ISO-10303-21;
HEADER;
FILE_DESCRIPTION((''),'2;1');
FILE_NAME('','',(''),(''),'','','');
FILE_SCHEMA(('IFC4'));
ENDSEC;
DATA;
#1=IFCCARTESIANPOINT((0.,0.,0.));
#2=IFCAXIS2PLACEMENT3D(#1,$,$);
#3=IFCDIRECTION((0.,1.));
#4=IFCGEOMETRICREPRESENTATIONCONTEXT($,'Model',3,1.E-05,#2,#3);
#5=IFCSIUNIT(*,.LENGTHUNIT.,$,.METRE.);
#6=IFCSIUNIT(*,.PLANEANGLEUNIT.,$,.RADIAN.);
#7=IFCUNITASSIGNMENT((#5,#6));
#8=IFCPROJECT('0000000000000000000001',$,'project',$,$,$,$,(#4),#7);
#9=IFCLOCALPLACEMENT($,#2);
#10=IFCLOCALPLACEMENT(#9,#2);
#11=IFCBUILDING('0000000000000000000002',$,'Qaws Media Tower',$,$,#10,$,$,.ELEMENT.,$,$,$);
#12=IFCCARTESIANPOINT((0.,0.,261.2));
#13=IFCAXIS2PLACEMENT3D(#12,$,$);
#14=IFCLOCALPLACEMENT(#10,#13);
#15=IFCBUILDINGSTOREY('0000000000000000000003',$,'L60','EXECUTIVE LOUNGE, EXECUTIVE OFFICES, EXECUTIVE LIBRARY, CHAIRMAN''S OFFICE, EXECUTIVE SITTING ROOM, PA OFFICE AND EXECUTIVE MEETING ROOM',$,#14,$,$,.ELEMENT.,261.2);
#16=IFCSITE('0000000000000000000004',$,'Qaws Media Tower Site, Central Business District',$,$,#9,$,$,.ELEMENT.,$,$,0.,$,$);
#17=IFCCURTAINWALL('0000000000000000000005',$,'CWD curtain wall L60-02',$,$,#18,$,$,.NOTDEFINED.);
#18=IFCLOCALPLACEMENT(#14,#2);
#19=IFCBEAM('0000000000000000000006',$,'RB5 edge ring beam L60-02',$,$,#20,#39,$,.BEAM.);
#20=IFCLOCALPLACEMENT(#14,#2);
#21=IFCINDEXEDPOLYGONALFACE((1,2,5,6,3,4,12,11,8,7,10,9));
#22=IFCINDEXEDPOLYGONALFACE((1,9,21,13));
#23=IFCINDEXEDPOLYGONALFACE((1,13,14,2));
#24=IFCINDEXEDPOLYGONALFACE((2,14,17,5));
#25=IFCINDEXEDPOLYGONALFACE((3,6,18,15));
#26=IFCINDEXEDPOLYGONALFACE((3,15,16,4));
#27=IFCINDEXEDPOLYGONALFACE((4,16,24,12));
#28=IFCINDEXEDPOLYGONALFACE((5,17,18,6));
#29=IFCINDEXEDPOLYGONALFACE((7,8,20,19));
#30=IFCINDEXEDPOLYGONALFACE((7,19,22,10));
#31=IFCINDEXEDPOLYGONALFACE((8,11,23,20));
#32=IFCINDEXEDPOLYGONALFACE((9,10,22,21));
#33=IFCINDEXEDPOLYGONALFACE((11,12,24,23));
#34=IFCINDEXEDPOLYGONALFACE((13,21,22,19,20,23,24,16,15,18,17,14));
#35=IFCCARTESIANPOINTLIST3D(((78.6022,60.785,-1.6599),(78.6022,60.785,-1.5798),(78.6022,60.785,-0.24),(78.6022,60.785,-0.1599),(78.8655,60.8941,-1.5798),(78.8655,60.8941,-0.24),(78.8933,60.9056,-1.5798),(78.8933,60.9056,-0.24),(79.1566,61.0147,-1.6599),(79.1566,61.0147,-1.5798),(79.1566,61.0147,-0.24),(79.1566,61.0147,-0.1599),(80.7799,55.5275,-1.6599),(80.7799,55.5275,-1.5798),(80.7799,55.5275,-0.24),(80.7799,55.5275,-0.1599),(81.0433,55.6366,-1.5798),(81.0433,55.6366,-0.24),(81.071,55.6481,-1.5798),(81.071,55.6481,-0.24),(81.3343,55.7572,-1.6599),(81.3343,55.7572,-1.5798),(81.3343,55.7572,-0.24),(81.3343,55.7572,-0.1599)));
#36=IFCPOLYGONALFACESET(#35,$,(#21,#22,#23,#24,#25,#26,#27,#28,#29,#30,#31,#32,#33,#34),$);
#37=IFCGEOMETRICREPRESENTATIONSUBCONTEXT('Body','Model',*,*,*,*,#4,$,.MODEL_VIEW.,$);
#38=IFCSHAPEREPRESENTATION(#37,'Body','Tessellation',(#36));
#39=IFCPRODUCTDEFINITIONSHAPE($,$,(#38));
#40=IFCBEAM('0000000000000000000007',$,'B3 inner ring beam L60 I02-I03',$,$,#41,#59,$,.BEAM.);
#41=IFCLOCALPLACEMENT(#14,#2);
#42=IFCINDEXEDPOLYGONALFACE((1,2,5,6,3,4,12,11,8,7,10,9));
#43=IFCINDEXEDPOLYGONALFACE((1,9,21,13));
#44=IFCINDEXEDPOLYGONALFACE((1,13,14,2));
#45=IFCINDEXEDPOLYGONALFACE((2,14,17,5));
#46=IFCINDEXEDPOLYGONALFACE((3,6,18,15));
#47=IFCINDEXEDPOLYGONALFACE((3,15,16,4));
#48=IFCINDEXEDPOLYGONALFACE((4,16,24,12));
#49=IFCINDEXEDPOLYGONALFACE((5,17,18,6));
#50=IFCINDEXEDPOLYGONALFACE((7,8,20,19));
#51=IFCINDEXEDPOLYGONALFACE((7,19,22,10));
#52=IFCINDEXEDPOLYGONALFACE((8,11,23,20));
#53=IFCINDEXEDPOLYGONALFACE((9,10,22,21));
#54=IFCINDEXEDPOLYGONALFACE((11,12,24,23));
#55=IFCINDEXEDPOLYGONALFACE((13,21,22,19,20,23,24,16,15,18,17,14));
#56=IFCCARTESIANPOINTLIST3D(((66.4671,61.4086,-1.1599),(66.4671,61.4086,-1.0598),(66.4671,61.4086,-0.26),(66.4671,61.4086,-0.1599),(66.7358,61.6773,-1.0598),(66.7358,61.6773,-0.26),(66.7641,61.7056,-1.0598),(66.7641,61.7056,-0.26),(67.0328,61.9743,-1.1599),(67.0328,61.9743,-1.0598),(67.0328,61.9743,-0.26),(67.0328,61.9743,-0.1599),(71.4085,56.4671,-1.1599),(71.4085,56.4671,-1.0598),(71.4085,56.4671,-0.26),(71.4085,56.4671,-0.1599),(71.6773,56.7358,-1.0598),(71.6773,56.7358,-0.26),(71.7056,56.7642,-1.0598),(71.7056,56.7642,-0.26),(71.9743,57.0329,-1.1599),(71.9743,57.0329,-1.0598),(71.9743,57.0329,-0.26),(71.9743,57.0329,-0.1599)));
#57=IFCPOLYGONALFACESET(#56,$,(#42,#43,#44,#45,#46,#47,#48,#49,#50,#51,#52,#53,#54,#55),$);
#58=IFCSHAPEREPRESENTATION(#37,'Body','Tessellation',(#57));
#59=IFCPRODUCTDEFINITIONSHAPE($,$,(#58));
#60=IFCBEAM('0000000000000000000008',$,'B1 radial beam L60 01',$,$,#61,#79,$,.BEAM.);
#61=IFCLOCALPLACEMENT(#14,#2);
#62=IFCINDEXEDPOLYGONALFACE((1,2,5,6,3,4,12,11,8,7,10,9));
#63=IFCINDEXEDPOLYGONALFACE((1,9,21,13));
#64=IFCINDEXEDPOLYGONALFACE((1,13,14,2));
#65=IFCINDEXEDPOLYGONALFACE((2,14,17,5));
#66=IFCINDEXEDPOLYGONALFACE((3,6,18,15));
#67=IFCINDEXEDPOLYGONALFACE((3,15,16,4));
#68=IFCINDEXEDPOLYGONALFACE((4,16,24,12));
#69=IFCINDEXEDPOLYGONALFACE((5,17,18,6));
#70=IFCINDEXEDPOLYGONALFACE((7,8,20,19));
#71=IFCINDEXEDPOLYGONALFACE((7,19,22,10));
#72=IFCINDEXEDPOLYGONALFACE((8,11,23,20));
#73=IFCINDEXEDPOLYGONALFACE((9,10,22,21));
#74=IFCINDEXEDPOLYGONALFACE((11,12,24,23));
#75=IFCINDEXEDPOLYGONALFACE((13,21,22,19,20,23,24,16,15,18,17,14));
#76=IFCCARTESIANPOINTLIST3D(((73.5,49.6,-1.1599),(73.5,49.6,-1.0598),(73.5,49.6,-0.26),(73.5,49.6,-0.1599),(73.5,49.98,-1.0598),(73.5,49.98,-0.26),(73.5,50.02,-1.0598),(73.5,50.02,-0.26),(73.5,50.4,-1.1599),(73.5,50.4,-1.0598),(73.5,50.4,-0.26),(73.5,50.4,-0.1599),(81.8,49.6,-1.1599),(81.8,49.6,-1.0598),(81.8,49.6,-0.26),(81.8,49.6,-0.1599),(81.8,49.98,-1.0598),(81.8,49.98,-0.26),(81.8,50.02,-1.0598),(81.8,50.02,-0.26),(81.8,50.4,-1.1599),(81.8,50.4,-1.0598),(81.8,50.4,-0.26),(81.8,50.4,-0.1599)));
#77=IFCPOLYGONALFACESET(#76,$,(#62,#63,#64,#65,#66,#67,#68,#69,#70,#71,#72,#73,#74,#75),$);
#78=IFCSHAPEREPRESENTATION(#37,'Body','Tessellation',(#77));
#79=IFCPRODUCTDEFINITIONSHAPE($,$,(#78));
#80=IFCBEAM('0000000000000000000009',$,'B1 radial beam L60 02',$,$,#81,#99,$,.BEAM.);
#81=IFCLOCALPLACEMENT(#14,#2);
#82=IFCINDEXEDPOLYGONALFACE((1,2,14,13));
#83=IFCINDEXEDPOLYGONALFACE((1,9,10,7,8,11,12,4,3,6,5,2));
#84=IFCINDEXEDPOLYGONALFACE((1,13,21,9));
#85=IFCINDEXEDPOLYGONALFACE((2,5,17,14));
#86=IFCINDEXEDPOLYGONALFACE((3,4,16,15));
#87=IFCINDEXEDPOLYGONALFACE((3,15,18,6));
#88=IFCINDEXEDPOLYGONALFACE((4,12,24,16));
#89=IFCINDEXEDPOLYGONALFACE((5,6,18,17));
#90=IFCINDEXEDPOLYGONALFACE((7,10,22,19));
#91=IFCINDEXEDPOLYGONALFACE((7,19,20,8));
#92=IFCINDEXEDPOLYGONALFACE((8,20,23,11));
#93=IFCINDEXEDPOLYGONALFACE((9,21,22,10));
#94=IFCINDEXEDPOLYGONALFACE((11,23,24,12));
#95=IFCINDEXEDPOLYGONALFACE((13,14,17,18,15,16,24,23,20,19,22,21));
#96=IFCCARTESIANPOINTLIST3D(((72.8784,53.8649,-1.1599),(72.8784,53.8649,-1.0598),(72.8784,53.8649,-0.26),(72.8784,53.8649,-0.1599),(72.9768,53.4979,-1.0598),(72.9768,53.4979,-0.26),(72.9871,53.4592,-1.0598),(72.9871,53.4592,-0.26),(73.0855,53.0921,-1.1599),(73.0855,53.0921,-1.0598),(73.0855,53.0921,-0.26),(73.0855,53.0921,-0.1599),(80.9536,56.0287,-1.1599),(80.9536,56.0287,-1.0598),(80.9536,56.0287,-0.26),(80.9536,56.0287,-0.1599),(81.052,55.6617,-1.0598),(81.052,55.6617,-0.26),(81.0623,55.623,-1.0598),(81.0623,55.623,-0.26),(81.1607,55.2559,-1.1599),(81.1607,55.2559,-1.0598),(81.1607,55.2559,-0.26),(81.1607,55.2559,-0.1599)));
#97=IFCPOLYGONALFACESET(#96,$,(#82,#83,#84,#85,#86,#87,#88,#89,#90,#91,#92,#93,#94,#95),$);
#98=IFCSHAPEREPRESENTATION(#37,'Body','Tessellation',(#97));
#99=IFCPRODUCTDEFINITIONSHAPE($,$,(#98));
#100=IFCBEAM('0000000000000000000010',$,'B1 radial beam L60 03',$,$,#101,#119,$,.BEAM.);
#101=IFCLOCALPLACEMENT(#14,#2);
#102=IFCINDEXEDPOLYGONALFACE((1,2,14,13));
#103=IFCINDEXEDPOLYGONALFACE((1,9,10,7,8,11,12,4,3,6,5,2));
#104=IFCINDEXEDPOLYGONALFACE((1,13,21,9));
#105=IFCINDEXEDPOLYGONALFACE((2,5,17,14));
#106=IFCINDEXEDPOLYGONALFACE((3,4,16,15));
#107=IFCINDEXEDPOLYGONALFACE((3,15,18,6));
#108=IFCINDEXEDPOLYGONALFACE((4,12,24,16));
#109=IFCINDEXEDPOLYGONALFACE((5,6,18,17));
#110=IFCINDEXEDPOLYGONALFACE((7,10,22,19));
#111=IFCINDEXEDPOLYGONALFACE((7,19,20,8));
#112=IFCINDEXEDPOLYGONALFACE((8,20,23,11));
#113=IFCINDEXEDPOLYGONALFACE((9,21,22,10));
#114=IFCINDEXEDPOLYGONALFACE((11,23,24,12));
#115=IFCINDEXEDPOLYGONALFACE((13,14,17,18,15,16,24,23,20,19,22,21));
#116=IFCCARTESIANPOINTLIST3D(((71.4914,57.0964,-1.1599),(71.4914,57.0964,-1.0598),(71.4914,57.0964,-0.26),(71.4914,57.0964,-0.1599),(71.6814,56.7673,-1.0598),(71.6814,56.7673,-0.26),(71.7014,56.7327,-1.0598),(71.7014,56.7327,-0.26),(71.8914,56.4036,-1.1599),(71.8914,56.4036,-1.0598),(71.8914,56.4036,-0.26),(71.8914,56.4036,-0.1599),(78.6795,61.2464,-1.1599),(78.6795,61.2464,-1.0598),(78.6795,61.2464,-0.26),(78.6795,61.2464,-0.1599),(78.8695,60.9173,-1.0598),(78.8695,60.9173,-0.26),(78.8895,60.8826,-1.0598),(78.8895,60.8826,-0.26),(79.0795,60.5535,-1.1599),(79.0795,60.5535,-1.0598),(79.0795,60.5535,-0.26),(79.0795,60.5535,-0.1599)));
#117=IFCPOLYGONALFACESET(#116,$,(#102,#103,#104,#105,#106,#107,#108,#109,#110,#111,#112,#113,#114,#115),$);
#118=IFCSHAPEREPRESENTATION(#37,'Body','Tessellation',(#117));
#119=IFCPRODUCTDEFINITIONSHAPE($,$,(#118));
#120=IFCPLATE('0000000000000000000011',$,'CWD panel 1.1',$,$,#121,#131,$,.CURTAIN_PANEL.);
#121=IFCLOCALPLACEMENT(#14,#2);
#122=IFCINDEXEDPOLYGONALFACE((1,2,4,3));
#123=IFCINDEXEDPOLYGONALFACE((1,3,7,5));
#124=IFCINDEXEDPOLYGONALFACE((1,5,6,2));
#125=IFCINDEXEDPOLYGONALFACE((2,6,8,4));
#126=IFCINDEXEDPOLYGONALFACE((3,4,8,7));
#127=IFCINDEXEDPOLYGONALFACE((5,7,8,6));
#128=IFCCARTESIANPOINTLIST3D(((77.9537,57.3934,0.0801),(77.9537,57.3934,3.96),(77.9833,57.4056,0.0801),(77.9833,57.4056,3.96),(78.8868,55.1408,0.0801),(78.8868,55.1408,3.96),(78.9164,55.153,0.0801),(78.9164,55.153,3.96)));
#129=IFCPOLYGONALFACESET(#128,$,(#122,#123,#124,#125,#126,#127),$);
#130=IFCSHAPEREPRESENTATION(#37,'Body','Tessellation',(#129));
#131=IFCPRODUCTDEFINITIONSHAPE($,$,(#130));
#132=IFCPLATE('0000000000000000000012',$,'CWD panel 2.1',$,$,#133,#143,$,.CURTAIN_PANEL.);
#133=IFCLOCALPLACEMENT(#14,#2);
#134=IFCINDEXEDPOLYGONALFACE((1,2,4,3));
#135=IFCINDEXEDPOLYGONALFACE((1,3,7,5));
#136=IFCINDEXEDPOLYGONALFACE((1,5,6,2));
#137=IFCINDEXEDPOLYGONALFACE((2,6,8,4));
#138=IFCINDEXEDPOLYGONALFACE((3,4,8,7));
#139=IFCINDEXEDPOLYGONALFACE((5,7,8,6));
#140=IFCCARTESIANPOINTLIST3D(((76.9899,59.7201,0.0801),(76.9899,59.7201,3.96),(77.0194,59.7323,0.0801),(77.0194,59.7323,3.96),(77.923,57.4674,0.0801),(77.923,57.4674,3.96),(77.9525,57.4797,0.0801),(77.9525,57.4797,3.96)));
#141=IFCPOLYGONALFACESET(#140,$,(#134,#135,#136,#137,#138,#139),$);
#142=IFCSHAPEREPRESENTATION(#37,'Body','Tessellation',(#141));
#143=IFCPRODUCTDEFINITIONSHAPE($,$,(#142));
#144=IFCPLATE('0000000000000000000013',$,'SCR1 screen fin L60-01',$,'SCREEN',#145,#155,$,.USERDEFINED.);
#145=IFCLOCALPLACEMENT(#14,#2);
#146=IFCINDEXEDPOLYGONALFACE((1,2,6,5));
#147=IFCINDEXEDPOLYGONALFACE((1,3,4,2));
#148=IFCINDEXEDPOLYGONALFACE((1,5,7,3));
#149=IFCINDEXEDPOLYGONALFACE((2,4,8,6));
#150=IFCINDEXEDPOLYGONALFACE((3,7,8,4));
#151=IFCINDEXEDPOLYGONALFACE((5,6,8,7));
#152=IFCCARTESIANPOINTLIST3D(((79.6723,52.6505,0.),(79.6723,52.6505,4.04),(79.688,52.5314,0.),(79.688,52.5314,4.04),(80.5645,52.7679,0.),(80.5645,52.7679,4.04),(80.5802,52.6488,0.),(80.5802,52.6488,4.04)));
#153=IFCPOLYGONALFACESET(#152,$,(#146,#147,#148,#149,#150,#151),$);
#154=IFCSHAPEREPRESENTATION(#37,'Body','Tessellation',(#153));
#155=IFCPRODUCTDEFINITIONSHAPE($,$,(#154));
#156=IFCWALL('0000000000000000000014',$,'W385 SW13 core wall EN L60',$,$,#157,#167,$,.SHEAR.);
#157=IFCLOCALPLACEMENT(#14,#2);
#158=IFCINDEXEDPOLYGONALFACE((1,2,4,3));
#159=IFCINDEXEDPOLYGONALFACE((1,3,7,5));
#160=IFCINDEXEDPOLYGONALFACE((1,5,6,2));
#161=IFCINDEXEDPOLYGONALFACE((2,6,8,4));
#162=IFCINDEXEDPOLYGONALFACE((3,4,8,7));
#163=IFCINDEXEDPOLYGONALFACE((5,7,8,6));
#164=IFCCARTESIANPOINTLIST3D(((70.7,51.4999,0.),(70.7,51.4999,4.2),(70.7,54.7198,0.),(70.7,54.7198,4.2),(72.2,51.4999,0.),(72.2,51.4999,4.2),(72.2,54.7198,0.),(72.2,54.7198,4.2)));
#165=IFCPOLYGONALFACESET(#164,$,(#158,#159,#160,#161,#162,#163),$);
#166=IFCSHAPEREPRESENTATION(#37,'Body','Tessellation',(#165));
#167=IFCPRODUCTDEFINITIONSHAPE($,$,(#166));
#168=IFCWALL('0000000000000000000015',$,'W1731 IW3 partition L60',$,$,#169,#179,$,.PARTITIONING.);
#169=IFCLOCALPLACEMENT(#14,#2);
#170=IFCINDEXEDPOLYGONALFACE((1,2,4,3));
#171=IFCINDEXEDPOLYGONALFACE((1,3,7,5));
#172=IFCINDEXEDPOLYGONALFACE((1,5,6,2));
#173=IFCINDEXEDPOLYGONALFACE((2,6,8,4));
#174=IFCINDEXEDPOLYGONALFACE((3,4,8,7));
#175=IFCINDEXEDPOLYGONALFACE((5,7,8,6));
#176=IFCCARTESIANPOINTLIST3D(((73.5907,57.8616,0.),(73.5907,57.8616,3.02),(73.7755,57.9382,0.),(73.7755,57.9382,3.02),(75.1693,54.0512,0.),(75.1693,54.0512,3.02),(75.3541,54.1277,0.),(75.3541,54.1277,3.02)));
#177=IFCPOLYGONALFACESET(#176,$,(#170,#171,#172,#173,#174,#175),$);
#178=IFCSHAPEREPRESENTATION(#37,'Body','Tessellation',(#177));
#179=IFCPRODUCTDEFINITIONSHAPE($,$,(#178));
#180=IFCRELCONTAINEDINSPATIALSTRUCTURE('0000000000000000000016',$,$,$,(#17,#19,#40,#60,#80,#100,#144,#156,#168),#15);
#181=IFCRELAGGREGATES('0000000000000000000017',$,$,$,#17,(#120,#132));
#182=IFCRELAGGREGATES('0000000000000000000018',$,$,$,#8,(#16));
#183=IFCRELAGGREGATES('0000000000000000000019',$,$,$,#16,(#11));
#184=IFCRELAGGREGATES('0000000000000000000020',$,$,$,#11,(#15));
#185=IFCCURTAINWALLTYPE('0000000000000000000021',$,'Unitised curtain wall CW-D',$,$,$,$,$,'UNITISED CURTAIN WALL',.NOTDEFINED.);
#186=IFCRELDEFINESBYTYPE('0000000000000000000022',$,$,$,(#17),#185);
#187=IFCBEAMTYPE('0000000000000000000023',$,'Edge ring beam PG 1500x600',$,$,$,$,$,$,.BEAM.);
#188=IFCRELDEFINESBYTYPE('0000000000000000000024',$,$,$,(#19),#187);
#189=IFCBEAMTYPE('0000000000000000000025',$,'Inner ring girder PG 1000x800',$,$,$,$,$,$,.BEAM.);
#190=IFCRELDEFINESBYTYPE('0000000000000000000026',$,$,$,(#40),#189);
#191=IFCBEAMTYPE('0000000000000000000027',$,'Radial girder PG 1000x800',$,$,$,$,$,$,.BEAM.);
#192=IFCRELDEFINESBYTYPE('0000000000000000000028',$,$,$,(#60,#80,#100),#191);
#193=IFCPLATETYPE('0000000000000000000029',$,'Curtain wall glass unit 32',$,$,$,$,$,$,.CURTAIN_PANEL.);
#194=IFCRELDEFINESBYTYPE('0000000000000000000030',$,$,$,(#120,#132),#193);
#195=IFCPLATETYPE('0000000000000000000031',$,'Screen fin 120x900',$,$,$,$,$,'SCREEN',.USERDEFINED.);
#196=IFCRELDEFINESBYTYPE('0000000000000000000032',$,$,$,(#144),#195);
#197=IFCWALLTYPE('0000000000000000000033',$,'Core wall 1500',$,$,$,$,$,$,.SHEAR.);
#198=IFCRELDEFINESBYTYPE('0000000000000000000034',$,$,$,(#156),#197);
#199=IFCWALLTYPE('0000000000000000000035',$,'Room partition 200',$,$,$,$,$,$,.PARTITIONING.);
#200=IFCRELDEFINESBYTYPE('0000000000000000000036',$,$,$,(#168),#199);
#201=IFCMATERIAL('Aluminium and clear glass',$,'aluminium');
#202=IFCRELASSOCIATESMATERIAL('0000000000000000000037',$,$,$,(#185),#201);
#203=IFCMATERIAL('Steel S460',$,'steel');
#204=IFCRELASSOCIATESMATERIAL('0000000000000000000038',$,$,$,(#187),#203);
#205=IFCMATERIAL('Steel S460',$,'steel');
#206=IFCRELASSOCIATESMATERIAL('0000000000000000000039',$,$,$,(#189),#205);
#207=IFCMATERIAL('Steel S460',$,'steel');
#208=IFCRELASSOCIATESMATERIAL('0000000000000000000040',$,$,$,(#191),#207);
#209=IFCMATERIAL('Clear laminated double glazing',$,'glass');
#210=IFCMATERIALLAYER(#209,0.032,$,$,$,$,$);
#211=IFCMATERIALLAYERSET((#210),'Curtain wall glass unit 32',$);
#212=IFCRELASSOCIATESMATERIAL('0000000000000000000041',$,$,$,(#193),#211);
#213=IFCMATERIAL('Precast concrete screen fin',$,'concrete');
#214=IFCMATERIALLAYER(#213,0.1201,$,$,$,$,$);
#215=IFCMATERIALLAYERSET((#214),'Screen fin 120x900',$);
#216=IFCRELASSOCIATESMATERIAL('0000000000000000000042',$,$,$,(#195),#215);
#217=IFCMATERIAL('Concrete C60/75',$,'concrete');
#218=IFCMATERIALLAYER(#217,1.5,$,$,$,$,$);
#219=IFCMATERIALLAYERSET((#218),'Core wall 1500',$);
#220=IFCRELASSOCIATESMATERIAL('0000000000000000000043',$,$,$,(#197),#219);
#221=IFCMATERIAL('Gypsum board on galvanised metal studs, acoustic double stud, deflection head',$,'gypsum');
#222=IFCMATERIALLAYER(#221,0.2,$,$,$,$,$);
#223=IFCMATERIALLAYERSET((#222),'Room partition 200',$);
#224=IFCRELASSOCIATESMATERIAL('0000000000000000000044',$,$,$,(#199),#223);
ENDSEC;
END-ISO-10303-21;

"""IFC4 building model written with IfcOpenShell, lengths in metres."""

from ifc_helpers import new_model, si_unit, direction, frame, frame_2d, origin, origin_2d, place, context, subcontext, project, spatial, rectangle, i_section, extrude, material, layer, layer_set, material_profile, profile_set, type_object, element, aggregate, save


model = new_model("IFC4")

# Units and contexts
model_context = context("Model", 3, precision=1e-05, world=origin(), true_north=direction((0.0, 1.0)))
body_context = subcontext(model_context, "Body", "Model", "MODEL_VIEW")
ifc_project = project(units=[si_unit("LENGTHUNIT", "METRE"), si_unit("PLANEANGLEUNIT", "RADIAN")], contexts=[model_context])

# Site, building, storey
site_placement = place(None, origin())
site = spatial("IfcSite", under=ifc_project, at=site_placement, Name="Qaws Media Tower Site, Central Business District", CompositionType="ELEMENT", RefElevation=0.0)
building_placement = place(site_placement, origin())
building = spatial("IfcBuilding", under=site, at=building_placement, Name="Qaws Media Tower", CompositionType="ELEMENT")
storey_placement = place(building_placement, frame((0.0, 0.0, 261.2)))
storey = spatial("IfcBuildingStorey", under=building, at=storey_placement, Name="L60", Description="EXECUTIVE LOUNGE, EXECUTIVE OFFICES, EXECUTIVE LIBRARY, CHAIRMAN'S OFFICE, EXECUTIVE SITTING ROOM, PA OFFICE AND EXECUTIVE MEETING ROOM", CompositionType="ELEMENT", Elevation=261.2)

# Curtain wall
ifc_material_1 = material(Name="Aluminium and clear glass", Category="aluminium")
curtain_wall_type = type_object("IfcCurtainWallType", Name="Unitised curtain wall CW-D", ElementType="UNITISED CURTAIN WALL", PredefinedType="NOTDEFINED", material=ifc_material_1)
curtain_wall_1_placement = place(storey_placement, origin())
curtain_wall_1 = element("IfcCurtainWall", 1, at=curtain_wall_1_placement, inside=storey, type_object=curtain_wall_type, Name="CWD curtain wall L60-02", PredefinedType="NOTDEFINED")

# Beams
ifc_material_2 = material(Name="Steel S460", Category="steel")
ifc_material_profile_1 = material_profile(ifc_material_2, i_section(OverallWidth=0.6001, OverallDepth=1.5, WebThickness=0.03, FlangeThickness=0.0801, at=origin_2d()), Name="PG 1500x600")
ifc_profile_set_1 = profile_set([ifc_material_profile_1], Name="Steel S460")
beam_type_1 = type_object("IfcBeamType", Name="Edge ring beam PG 1500x600", PredefinedType="BEAM", material=ifc_profile_set_1)
beam_1_placement = place(storey_placement, frame((81.0571, 55.6423, -0.9099), z_axis=(-0.38268, 0.923881, 0.0), x_axis=(-0.923881, -0.38268, 0.0)))
element("IfcBeam", 2, at=beam_1_placement, inside=storey, type_object=beam_type_1, Name="RB5 edge ring beam L60-02", PredefinedType="BEAM", context=body_context, shape_type="SweptSolid", body=[
    extrude(i_section(OverallWidth=0.6001, OverallDepth=1.5, WebThickness=0.03, FlangeThickness=0.0801, at=origin_2d()), origin(), (0.0, 0.0, 1.0), 5.6907),
])
ifc_material_3 = material(Name="Steel S460", Category="steel")
ifc_material_profile_2 = material_profile(ifc_material_3, i_section(OverallWidth=0.8, OverallDepth=1.0, WebThickness=0.04, FlangeThickness=0.1001, at=origin_2d()), Name="PG 1000x800")
ifc_profile_set_2 = profile_set([ifc_material_profile_2], Name="Steel S460")
beam_type_2 = type_object("IfcBeamType", Name="Inner ring girder PG 1000x800", PredefinedType="BEAM", material=ifc_profile_set_2)
beam_2_placement = place(storey_placement, frame((71.6914, 56.75, -0.6599), z_axis=(-0.707107, 0.707107, 0.0), x_axis=(-0.707107, -0.707107, 0.0)))
element("IfcBeam", 3, at=beam_2_placement, inside=storey, type_object=beam_type_2, Name="B3 inner ring beam L60 I02-I03", PredefinedType="BEAM", context=body_context, shape_type="SweptSolid", body=[
    extrude(i_section(OverallWidth=0.8, OverallDepth=1.0, WebThickness=0.04, FlangeThickness=0.1001, at=origin_2d()), origin(), (0.0, 0.0, 1.0), 6.9883),
])
ifc_material_4 = material(Name="Steel S460", Category="steel")
ifc_material_profile_3 = material_profile(ifc_material_4, i_section(OverallWidth=0.8, OverallDepth=1.0, WebThickness=0.04, FlangeThickness=0.1001, at=origin_2d()), Name="PG 1000x800")
ifc_profile_set_3 = profile_set([ifc_material_profile_3], Name="Steel S460")
beam_type_3 = type_object("IfcBeamType", Name="Radial girder PG 1000x800", PredefinedType="BEAM", material=ifc_profile_set_3)
beam_3_placement = place(storey_placement, frame((73.5, 50.0, -0.6599), z_axis=(1.0, 0.0, 0.0), x_axis=(0.0, 1.0, 0.0)))
element("IfcBeam", 4, at=beam_3_placement, inside=storey, type_object=beam_type_3, Name="B1 radial beam L60 01", PredefinedType="BEAM", context=body_context, shape_type="SweptSolid", body=[
    extrude(i_section(OverallWidth=0.8, OverallDepth=1.0, WebThickness=0.04, FlangeThickness=0.1001, at=origin_2d()), origin(), (0.0, 0.0, 1.0), 8.3),
])
beam_4_placement = place(storey_placement, frame((72.9819, 53.4785, -0.6599), z_axis=(0.965924, 0.258828, 0.0), x_axis=(-0.258828, 0.965924, 0.0)))
element("IfcBeam", 5, at=beam_4_placement, inside=storey, type_object=beam_type_3, Name="B1 radial beam L60 02", PredefinedType="BEAM", context=body_context, shape_type="SweptSolid", body=[
    extrude(i_section(OverallWidth=0.8, OverallDepth=1.0, WebThickness=0.04, FlangeThickness=0.1001, at=origin_2d()), origin(), (0.0, 0.0, 1.0), 8.3601),
])
beam_5_placement = place(storey_placement, frame((71.6914, 56.75, -0.6599), z_axis=(0.86603, 0.499992, 0.0), x_axis=(-0.499992, 0.86603, 0.0)))
element("IfcBeam", 6, at=beam_5_placement, inside=storey, type_object=beam_type_3, Name="B1 radial beam L60 03", PredefinedType="BEAM", context=body_context, shape_type="SweptSolid", body=[
    extrude(i_section(OverallWidth=0.8, OverallDepth=1.0, WebThickness=0.04, FlangeThickness=0.1001, at=origin_2d()), origin(), (0.0, 0.0, 1.0), 8.3),
])

# Plates
ifc_material_5 = material(Name="Clear laminated double glazing", Category="glass")
ifc_layer_1 = layer(ifc_material_5, 0.032)
ifc_layer_set_1 = layer_set([ifc_layer_1], Name="Curtain wall glass unit 32")
plate_type_1 = type_object("IfcPlateType", Name="Curtain wall glass unit 32", PredefinedType="CURTAIN_PANEL", material=ifc_layer_set_1)
plate_1_placement = place(storey_placement, frame((78.4351, 56.2732, 0.0801), z_axis=(0.0, 0.0, 1.0), x_axis=(-0.382683, 0.92388, 0.0)))
plate_1 = element("IfcPlate", 7, at=plate_1_placement, type_object=plate_type_1, Name="CWD panel 1.1", PredefinedType="CURTAIN_PANEL", context=body_context, shape_type="SweptSolid", body=[
    extrude(rectangle(XDim=2.4382, YDim=0.032, at=origin_2d()), origin(), (0.0, 0.0, 1.0), 3.8799),
])
plate_2_placement = place(storey_placement, frame((77.4712, 58.5999, 0.0801), z_axis=(0.0, 0.0, 1.0), x_axis=(-0.382683, 0.92388, 0.0)))
plate_2 = element("IfcPlate", 8, at=plate_2_placement, type_object=plate_type_1, Name="CWD panel 2.1", PredefinedType="CURTAIN_PANEL", context=body_context, shape_type="SweptSolid", body=[
    extrude(rectangle(XDim=2.4382, YDim=0.032, at=origin_2d()), origin(), (0.0, 0.0, 1.0), 3.8799),
])
aggregate(curtain_wall_1, [plate_1, plate_2])
ifc_material_6 = material(Name="Precast concrete screen fin", Category="concrete")
ifc_layer_2 = layer(ifc_material_6, 0.1201)
ifc_layer_set_2 = layer_set([ifc_layer_2], Name="Screen fin 120x900")
plate_type_2 = type_object("IfcPlateType", Name="Screen fin 120x900", ElementType="SCREEN", PredefinedType="USERDEFINED", material=ifc_layer_set_2)
plate_3_placement = place(storey_placement, frame((80.1262, 52.6497, 0.0), z_axis=(0.0, 0.0, 1.0), x_axis=(0.991445, 0.130526, 0.0)))
element("IfcPlate", 9, at=plate_3_placement, inside=storey, type_object=plate_type_2, Name="SCR1 screen fin L60-01", ObjectType="SCREEN", PredefinedType="USERDEFINED", context=body_context, shape_type="SweptSolid", body=[
    extrude(rectangle(XDim=0.8999, YDim=0.1201, at=origin_2d()), origin(), (0.0, 0.0, 1.0), 4.04),
])

# Walls
ifc_material_7 = material(Name="Concrete C60/75", Category="concrete")
ifc_layer_3 = layer(ifc_material_7, 1.5)
ifc_layer_set_3 = layer_set([ifc_layer_3], Name="Core wall 1500")
wall_type_1 = type_object("IfcWallType", Name="Core wall 1500", PredefinedType="SHEAR", material=ifc_layer_set_3)
wall_1_placement = place(storey_placement, frame((71.45, 51.5, 0.0), z_axis=(0.0, 0.0, 1.0), x_axis=(0.0, 1.0, 0.0)))
element("IfcWall", 10, at=wall_1_placement, inside=storey, type_object=wall_type_1, Name="W385 SW13 core wall EN L60", PredefinedType="SHEAR", context=body_context, shape_type="SweptSolid", body=[
    extrude(rectangle(XDim=3.22, YDim=1.5, at=frame_2d((1.6099, 0.0))), origin(), (0.0, 0.0, 1.0), 4.2),
])
ifc_material_8 = material(Name="Gypsum board on galvanised metal studs, acoustic double stud, deflection head", Category="gypsum")
ifc_layer_4 = layer(ifc_material_8, 0.2)
ifc_layer_set_4 = layer_set([ifc_layer_4], Name="Room partition 200")
wall_type_2 = type_object("IfcWallType", Name="Room partition 200", PredefinedType="PARTITIONING", material=ifc_layer_set_4)
wall_2_placement = place(storey_placement, frame((73.6831, 57.8999, 0.0), z_axis=(0.0, 0.0, 1.0), x_axis=(0.382732, -0.92386, 0.0)))
element("IfcWall", 11, at=wall_2_placement, inside=storey, type_object=wall_type_2, Name="W1731 IW3 partition L60", PredefinedType="PARTITIONING", context=body_context, shape_type="SweptSolid", body=[
    extrude(rectangle(XDim=4.1245, YDim=0.2, at=frame_2d((2.0623, 0.0))), origin(), (0.0, 0.0, 1.0), 3.02),
])

save(model, "model.ifc")
